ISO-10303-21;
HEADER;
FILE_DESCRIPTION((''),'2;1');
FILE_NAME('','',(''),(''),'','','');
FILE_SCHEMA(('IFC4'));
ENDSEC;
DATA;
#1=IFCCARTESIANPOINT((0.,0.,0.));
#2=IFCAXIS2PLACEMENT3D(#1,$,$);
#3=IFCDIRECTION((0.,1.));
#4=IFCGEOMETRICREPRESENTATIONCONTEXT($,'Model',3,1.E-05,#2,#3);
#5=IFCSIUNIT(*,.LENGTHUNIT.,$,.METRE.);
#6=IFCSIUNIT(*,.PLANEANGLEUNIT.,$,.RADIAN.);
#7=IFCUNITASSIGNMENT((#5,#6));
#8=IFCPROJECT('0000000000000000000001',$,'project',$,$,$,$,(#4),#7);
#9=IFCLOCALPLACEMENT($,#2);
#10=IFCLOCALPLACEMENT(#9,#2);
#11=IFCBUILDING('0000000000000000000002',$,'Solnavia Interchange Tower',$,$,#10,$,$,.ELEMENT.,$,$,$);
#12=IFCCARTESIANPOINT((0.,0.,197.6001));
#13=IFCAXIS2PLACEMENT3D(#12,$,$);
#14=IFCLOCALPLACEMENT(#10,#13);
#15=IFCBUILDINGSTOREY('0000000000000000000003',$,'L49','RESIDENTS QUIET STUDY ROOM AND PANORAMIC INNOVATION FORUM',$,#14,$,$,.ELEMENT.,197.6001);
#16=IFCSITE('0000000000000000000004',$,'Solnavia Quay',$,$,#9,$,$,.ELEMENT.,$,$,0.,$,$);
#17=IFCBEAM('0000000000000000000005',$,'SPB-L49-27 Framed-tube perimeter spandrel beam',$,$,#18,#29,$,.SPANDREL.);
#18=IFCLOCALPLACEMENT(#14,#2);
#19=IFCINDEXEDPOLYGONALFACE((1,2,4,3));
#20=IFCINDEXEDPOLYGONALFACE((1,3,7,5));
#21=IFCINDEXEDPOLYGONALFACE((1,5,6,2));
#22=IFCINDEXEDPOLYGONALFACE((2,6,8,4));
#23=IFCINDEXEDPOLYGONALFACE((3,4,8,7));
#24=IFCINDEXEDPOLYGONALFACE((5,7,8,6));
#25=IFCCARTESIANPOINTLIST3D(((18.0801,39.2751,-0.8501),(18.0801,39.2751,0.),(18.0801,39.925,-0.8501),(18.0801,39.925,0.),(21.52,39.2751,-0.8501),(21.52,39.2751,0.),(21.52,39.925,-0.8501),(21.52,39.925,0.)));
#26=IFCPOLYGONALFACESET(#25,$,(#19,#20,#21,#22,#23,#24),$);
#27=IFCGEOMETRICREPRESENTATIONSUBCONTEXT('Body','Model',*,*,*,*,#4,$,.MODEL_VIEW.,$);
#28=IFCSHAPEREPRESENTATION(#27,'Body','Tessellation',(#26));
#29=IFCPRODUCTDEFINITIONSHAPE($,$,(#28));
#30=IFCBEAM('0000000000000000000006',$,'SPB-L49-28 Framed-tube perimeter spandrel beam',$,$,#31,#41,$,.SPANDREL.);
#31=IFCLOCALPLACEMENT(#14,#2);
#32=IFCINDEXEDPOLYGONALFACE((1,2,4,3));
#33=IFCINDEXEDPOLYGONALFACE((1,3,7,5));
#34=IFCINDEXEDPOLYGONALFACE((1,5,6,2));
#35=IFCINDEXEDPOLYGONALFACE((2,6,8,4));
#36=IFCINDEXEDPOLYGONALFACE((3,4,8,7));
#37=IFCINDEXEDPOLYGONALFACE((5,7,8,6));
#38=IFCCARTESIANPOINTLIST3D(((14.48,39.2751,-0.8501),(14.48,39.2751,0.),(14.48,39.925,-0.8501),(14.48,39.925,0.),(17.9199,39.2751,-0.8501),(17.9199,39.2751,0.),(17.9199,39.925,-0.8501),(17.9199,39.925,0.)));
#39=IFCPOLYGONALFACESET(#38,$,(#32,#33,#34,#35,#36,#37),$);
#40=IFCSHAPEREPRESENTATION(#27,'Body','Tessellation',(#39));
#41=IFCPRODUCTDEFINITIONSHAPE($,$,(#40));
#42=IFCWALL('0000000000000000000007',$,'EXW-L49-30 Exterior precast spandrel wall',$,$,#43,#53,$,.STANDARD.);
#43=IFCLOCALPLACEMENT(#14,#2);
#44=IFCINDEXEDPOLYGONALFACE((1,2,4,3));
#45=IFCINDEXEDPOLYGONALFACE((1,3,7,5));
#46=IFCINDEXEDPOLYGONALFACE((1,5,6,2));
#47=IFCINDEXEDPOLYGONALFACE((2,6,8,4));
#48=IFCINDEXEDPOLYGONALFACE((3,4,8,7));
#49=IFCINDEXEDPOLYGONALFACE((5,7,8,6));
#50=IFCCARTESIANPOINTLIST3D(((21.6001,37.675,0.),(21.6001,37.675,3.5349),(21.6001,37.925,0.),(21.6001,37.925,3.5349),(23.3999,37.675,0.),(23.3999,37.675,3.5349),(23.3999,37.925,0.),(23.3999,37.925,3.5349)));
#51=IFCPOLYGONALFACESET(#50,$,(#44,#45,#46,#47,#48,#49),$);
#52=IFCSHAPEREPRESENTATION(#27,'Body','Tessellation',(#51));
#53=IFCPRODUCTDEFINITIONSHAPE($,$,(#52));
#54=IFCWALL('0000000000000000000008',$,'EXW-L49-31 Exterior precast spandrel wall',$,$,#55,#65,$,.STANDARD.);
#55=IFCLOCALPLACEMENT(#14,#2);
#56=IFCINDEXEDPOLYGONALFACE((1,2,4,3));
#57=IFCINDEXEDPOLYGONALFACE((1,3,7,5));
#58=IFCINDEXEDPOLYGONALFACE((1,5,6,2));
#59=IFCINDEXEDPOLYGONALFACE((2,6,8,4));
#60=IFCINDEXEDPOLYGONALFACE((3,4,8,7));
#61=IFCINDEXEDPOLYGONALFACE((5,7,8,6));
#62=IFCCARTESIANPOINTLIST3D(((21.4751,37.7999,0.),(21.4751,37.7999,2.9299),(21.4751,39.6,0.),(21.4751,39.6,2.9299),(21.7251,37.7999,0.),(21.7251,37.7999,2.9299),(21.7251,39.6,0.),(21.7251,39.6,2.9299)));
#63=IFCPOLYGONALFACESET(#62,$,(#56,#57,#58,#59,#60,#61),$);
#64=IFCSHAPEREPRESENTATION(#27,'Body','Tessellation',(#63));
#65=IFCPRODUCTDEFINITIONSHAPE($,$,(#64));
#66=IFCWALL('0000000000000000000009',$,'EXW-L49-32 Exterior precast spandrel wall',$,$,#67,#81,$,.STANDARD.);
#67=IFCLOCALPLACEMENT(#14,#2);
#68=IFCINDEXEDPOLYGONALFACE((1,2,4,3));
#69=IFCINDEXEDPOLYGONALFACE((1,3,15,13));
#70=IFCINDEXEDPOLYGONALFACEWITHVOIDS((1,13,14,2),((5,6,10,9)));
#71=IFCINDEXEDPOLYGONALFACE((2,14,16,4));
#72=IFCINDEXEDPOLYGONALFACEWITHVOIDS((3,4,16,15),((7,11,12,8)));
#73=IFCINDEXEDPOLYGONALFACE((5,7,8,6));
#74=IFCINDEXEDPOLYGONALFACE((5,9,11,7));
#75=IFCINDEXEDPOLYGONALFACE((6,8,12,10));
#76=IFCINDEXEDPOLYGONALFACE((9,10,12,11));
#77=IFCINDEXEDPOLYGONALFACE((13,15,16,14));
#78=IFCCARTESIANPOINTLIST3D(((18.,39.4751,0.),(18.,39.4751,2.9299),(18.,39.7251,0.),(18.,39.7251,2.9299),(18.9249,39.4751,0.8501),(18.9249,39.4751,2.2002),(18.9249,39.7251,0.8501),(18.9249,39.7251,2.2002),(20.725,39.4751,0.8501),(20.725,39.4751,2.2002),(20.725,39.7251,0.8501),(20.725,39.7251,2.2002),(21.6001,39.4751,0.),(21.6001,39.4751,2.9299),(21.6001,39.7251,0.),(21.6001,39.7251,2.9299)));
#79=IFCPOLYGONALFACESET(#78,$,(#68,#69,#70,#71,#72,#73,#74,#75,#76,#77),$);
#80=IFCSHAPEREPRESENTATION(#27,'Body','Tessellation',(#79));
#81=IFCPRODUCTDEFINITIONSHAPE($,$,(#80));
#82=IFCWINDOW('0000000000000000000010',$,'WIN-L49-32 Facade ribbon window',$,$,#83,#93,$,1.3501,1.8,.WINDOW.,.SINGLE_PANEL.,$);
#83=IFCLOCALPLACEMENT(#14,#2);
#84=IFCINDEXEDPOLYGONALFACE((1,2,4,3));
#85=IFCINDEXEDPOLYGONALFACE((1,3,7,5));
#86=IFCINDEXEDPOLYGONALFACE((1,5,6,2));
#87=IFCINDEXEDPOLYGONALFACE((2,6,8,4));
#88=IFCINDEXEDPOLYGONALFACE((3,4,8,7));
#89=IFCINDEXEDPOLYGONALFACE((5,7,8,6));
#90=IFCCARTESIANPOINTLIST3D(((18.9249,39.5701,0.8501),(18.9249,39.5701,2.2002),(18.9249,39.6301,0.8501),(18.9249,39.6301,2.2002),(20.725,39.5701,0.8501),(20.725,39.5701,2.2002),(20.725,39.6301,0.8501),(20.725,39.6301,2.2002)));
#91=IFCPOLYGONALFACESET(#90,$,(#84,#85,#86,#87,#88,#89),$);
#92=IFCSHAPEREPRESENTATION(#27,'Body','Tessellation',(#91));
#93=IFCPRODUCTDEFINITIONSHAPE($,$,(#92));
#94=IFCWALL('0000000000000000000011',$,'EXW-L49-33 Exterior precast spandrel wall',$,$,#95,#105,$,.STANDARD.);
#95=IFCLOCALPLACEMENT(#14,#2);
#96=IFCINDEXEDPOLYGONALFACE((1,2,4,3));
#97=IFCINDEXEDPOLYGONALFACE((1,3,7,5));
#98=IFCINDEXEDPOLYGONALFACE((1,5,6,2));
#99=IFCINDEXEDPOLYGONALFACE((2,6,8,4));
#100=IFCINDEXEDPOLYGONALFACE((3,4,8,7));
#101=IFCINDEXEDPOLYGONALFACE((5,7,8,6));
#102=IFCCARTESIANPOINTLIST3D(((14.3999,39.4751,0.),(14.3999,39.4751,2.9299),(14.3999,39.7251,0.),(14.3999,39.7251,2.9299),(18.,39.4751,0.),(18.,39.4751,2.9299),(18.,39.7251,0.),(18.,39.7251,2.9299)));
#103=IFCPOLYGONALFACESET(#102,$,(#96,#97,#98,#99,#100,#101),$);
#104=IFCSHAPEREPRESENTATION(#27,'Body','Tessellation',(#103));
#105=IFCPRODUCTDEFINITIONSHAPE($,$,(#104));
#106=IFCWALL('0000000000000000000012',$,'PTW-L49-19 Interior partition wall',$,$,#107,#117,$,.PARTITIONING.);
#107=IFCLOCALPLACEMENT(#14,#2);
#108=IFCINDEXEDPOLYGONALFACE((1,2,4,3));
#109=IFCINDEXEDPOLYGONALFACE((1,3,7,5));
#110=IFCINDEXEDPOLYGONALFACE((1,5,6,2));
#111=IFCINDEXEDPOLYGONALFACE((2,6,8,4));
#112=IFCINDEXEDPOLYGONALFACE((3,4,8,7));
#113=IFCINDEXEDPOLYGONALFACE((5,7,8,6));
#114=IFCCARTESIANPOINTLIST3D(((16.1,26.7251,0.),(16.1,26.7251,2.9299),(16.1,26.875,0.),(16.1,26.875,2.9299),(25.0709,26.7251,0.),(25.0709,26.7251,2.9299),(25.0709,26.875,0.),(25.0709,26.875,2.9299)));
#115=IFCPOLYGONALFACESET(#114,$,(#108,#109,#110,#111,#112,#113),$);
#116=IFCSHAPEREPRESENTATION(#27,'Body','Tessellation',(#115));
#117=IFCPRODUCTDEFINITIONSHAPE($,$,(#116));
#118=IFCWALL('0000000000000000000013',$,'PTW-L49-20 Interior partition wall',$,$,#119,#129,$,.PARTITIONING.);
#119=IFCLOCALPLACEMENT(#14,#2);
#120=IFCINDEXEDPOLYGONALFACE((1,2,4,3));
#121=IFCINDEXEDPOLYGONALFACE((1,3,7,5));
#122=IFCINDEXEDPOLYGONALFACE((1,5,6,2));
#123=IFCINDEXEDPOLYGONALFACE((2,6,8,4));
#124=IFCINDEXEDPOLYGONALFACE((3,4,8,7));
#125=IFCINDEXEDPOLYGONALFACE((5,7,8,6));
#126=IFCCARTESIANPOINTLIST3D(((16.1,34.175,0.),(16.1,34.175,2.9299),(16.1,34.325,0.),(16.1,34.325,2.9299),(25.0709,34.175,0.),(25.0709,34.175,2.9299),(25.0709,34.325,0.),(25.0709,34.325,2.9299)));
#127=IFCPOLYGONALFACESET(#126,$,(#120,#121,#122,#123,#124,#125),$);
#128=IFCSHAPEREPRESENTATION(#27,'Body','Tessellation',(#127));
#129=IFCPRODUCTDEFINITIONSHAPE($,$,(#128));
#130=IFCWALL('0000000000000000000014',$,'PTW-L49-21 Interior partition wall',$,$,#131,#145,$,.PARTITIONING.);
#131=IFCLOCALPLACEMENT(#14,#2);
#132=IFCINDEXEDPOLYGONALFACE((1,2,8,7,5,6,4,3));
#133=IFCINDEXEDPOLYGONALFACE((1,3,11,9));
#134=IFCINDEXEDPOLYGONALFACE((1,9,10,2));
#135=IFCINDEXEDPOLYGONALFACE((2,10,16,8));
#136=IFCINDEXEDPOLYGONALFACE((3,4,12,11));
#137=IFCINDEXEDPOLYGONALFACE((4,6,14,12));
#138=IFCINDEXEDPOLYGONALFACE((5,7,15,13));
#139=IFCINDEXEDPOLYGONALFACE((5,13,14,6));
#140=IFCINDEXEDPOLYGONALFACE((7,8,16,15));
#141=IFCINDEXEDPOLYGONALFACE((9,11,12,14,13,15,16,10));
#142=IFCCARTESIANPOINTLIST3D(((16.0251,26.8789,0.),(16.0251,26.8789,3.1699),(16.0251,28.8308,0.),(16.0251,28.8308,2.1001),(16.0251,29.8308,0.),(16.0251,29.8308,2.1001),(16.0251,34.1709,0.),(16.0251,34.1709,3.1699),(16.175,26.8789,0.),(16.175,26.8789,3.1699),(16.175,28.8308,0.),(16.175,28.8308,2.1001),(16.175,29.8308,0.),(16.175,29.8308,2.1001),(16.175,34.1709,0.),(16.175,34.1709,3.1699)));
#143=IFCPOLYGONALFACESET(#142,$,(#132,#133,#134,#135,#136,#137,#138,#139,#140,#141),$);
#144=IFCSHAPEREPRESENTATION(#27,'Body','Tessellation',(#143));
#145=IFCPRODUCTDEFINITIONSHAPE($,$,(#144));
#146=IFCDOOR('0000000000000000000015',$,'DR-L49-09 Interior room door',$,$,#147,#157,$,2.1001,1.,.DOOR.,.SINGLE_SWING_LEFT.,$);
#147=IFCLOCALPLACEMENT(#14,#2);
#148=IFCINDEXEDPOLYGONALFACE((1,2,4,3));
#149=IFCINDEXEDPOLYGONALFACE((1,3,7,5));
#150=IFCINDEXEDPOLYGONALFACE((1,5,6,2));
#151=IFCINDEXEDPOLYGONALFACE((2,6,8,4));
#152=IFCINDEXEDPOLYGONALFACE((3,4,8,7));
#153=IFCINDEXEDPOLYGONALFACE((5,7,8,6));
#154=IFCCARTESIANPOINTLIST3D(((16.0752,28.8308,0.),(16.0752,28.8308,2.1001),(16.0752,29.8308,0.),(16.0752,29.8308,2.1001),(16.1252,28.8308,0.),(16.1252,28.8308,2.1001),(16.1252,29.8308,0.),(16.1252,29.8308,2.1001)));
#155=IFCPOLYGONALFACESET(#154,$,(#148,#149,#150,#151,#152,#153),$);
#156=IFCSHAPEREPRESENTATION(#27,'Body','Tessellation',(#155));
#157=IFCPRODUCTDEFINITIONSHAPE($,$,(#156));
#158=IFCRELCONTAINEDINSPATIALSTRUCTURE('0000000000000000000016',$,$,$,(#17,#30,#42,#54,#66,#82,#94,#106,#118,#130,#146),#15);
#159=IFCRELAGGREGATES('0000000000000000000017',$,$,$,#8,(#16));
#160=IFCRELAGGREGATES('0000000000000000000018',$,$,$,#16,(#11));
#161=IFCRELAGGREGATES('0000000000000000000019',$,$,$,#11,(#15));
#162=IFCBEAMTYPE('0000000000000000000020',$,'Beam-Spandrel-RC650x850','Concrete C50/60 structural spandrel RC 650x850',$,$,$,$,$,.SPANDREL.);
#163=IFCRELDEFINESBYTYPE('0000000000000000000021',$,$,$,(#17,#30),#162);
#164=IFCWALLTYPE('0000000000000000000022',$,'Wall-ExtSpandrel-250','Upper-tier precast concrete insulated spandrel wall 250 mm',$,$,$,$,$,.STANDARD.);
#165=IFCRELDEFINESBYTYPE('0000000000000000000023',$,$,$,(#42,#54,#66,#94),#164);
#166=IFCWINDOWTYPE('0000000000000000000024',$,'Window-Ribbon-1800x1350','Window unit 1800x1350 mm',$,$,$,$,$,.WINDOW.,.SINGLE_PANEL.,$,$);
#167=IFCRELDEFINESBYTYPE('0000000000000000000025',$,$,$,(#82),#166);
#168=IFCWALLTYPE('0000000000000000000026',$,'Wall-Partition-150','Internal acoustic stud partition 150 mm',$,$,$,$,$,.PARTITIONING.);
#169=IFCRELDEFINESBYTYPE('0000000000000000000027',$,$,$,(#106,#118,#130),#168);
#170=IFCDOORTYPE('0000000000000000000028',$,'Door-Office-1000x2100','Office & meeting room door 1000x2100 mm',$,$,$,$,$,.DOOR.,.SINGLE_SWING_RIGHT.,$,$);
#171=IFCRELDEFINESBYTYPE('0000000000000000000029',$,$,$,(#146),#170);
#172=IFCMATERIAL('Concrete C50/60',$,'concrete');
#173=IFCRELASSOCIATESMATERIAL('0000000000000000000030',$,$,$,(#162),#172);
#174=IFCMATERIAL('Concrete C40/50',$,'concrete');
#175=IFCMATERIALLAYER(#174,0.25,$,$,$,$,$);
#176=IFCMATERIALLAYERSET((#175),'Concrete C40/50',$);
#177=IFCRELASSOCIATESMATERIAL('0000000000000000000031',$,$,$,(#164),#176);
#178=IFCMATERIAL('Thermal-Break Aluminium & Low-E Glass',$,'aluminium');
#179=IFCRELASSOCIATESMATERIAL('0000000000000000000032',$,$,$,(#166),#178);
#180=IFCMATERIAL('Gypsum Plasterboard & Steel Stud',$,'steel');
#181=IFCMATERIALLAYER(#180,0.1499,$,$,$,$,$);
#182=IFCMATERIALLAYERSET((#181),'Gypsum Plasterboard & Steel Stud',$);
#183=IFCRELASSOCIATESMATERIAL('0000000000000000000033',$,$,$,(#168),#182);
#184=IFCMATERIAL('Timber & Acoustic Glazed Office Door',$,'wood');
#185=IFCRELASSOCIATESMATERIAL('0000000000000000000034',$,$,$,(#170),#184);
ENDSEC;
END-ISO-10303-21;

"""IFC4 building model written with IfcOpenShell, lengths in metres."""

from ifc_helpers import new_model, si_unit, direction, frame, frame_2d, origin, origin_2d, place, context, subcontext, project, spatial, rectangle, extrude, material, layer, layer_set, material_profile, profile_set, type_object, element, fill, save


model = new_model("IFC4")

# Units and contexts
model_context = context("Model", 3, precision=1e-05, world=origin(), true_north=direction((0.0, 1.0)))
body_context = subcontext(model_context, "Body", "Model", "MODEL_VIEW")
ifc_project = project(units=[si_unit("LENGTHUNIT", "METRE"), si_unit("PLANEANGLEUNIT", "RADIAN")], contexts=[model_context])

# Site, building, storey
site_placement = place(None, origin())
site = spatial("IfcSite", under=ifc_project, at=site_placement, Name="Solnavia Quay", CompositionType="ELEMENT", RefElevation=0.0)
building_placement = place(site_placement, origin())
building = spatial("IfcBuilding", under=site, at=building_placement, Name="Solnavia Interchange Tower", CompositionType="ELEMENT")
storey_placement = place(building_placement, frame((0.0, 0.0, 197.6001)))
storey = spatial("IfcBuildingStorey", under=building, at=storey_placement, Name="L49", Description="RESIDENTS QUIET STUDY ROOM AND PANORAMIC INNOVATION FORUM", CompositionType="ELEMENT", Elevation=197.6001)

# Shared definitions
ifc_material_1 = material(Name="Concrete C50/60", Category="concrete")

# Beams
ifc_material_profile_1 = material_profile(ifc_material_1, rectangle(XDim=0.6499, YDim=0.8501, at=origin_2d()), Name="RC 650x850")
ifc_profile_set_1 = profile_set([ifc_material_profile_1], Name="Concrete C50/60")
beam_type_1 = type_object("IfcBeamType", Name="Beam-Spandrel-RC650x850", Description="Concrete C50/60 structural spandrel RC 650x850", PredefinedType="SPANDREL", material=ifc_profile_set_1)
for number, where, z_axis, x_axis, name in (
    (1, (21.52, 39.6001, -0.425), (-1.0, 0.0, 0.0), (0.0, -1.0, 0.0), "SPB-L49-27 Framed-tube perimeter spandrel beam"),
    (2, (17.9199, 39.6001, -0.425), (-1.0, 0.0, 0.0), (0.0, -1.0, 0.0), "SPB-L49-28 Framed-tube perimeter spandrel beam"),
):
    element("IfcBeam", number, at=place(storey_placement, frame(where, z_axis=z_axis, x_axis=x_axis)), inside=storey, type_object=beam_type_1, Name=name, PredefinedType="SPANDREL", context=body_context, shape_type="SweptSolid", body=[
        extrude(rectangle(XDim=0.6499, YDim=0.8501, at=origin_2d()), origin(), (0.0, 0.0, 1.0), 3.4399),
    ])

# Walls
ifc_material_2 = material(Name="Concrete C40/50", Category="concrete")
ifc_layer_1 = layer(ifc_material_2, 0.25)
ifc_layer_set_1 = layer_set([ifc_layer_1], Name="Concrete C40/50")
wall_type_1 = type_object("IfcWallType", Name="Wall-ExtSpandrel-250", Description="Upper-tier precast concrete insulated spandrel wall 250 mm", PredefinedType="STANDARD", material=ifc_layer_set_1)
wall_1_placement = place(storey_placement, frame((21.6001, 37.8, 0.0), z_axis=(0.0, 0.0, 1.0), x_axis=(1.0, 0.0, 0.0)))
element("IfcWall", 3, at=wall_1_placement, inside=storey, type_object=wall_type_1, Name="EXW-L49-30 Exterior precast spandrel wall", PredefinedType="STANDARD", context=body_context, shape_type="SweptSolid", body=[
    extrude(rectangle(XDim=1.7998, YDim=0.25, at=frame_2d((0.8999, 0.0))), origin(), (0.0, 0.0, 1.0), 3.5349),
])
wall_2_placement = place(storey_placement, frame((21.6001, 37.8, 0.0), z_axis=(0.0, 0.0, 1.0), x_axis=(0.0, 1.0, 0.0)))
element("IfcWall", 4, at=wall_2_placement, inside=storey, type_object=wall_type_1, Name="EXW-L49-31 Exterior precast spandrel wall", PredefinedType="STANDARD", context=body_context, shape_type="SweptSolid", body=[
    extrude(rectangle(XDim=1.8, YDim=0.25, at=frame_2d((0.8999, 0.0))), origin(), (0.0, 0.0, 1.0), 2.9299),
])

# Wall, opening, window
wall_3_placement = place(storey_placement, frame((18.0, 39.6001, 0.0), z_axis=(0.0, 0.0, 1.0), x_axis=(1.0, 0.0, 0.0)))
wall_3 = element("IfcWall", 5, at=wall_3_placement, inside=storey, type_object=wall_type_1, Name="EXW-L49-32 Exterior precast spandrel wall", PredefinedType="STANDARD", context=body_context, shape_type="SweptSolid", body=[
    extrude(rectangle(XDim=3.6001, YDim=0.25, at=frame_2d((1.8, 0.0))), origin(), (0.0, 0.0, 1.0), 2.9299),
])
opening_1_placement = place(wall_3_placement, frame((0.925, 0.0, 0.8501)))
opening_1 = element("IfcOpeningElement", 6, at=opening_1_placement, cuts=wall_3, PredefinedType="OPENING", context=body_context, shape_type="SweptSolid", body=[
    extrude(rectangle(XDim=1.8, YDim=1.3501, at=frame_2d((0.8999, 0.675))), frame((0.0, 0.135, 0.0), z_axis=(0.0, -1.0, 0.0), x_axis=(1.0, 0.0, 0.0)), (0.0, 0.0, 1.0), 0.27),
])
ifc_material_3 = material(Name="Thermal-Break Aluminium & Low-E Glass", Category="aluminium")
window_type = type_object("IfcWindowType", Name="Window-Ribbon-1800x1350", Description="Window unit 1800x1350 mm", PartitioningType="SINGLE_PANEL", PredefinedType="WINDOW", material=ifc_material_3)
window_placement = place(opening_1_placement, origin())
window = element("IfcWindow", 7, at=window_placement, inside=storey, type_object=window_type, Name="WIN-L49-32 Facade ribbon window", OverallHeight=1.3501, OverallWidth=1.8, PartitioningType="SINGLE_PANEL", PredefinedType="WINDOW", context=body_context, shape_type="SweptSolid", body=[
    extrude(rectangle(XDim=1.8, YDim=1.3501, at=frame_2d((0.8999, 0.675))), frame((0.0, 0.03, 0.0), z_axis=(0.0, -1.0, 0.0), x_axis=(1.0, 0.0, 0.0)), (0.0, 0.0, 1.0), 0.0601),
])
fill(opening_1, window)

# Walls
wall_4_placement = place(storey_placement, frame((14.3999, 39.6001, 0.0), z_axis=(0.0, 0.0, 1.0), x_axis=(1.0, 0.0, 0.0)))
element("IfcWall", 8, at=wall_4_placement, inside=storey, type_object=wall_type_1, Name="EXW-L49-33 Exterior precast spandrel wall", PredefinedType="STANDARD", context=body_context, shape_type="SweptSolid", body=[
    extrude(rectangle(XDim=3.6001, YDim=0.25, at=frame_2d((1.8, 0.0))), origin(), (0.0, 0.0, 1.0), 2.9299),
])
ifc_material_4 = material(Name="Gypsum Plasterboard & Steel Stud", Category="steel")
ifc_layer_2 = layer(ifc_material_4, 0.1499)
ifc_layer_set_2 = layer_set([ifc_layer_2], Name="Gypsum Plasterboard & Steel Stud")
wall_type_2 = type_object("IfcWallType", Name="Wall-Partition-150", Description="Internal acoustic stud partition 150 mm", PredefinedType="PARTITIONING", material=ifc_layer_set_2)
for number, where, z_axis, x_axis, name in (
    (9, (16.1001, 26.8, 0.0), (0.0, 0.0, 1.0), (1.0, 0.0, 0.0), "PTW-L49-19 Interior partition wall"),
    (10, (16.1001, 34.25, 0.0), (0.0, 0.0, 1.0), (1.0, 0.0, 0.0), "PTW-L49-20 Interior partition wall"),
):
    element("IfcWall", number, at=place(storey_placement, frame(where, z_axis=z_axis, x_axis=x_axis)), inside=storey, type_object=wall_type_2, Name=name, PredefinedType="PARTITIONING", context=body_context, shape_type="SweptSolid", body=[
        extrude(rectangle(XDim=8.9709, YDim=0.1499, at=frame_2d((4.4854, 0.0))), origin(), (0.0, 0.0, 1.0), 2.9299),
    ])

# Wall, opening, door
wall_5_placement = place(storey_placement, frame((16.1001, 26.8789, 0.0), z_axis=(0.0, 0.0, 1.0), x_axis=(0.0, 1.0, 0.0)))
wall_5 = element("IfcWall", 11, at=wall_5_placement, inside=storey, type_object=wall_type_2, Name="PTW-L49-21 Interior partition wall", PredefinedType="PARTITIONING", context=body_context, shape_type="SweptSolid", body=[
    extrude(rectangle(XDim=7.292, YDim=0.1499, at=frame_2d((3.646, 0.0))), origin(), (0.0, 0.0, 1.0), 3.1699),
])
opening_2_placement = place(wall_5_placement, frame((1.9519, 0.0, 0.0)))
opening_2 = element("IfcOpeningElement", 12, at=opening_2_placement, cuts=wall_5, PredefinedType="OPENING", context=body_context, shape_type="SweptSolid", body=[
    extrude(rectangle(XDim=1.0, YDim=2.1001, at=frame_2d((0.5, 1.05))), frame((0.0, 0.085, 0.0), z_axis=(0.0, -1.0, 0.0), x_axis=(1.0, 0.0, 0.0)), (0.0, 0.0, 1.0), 0.1699),
])
ifc_material_5 = material(Name="Timber & Acoustic Glazed Office Door", Category="wood")
door_type = type_object("IfcDoorType", Name="Door-Office-1000x2100", Description="Office & meeting room door 1000x2100 mm", OperationType="SINGLE_SWING_RIGHT", PredefinedType="DOOR", material=ifc_material_5)
door_1_placement = place(opening_2_placement, origin())
door_1 = element("IfcDoor", 13, at=door_1_placement, inside=storey, type_object=door_type, Name="DR-L49-09 Interior room door", OperationType="SINGLE_SWING_LEFT", OverallHeight=2.1001, OverallWidth=1.0, PredefinedType="DOOR", context=body_context, shape_type="SweptSolid", body=[
    extrude(rectangle(XDim=1.0, YDim=2.1001, at=frame_2d((0.5, 1.05))), frame((0.0, 0.0249, 0.0), z_axis=(0.0, -1.0, 0.0), x_axis=(1.0, 0.0, 0.0)), (0.0, 0.0, 1.0), 0.05),
])
fill(opening_2, door_1)

save(model, "model.ifc")
